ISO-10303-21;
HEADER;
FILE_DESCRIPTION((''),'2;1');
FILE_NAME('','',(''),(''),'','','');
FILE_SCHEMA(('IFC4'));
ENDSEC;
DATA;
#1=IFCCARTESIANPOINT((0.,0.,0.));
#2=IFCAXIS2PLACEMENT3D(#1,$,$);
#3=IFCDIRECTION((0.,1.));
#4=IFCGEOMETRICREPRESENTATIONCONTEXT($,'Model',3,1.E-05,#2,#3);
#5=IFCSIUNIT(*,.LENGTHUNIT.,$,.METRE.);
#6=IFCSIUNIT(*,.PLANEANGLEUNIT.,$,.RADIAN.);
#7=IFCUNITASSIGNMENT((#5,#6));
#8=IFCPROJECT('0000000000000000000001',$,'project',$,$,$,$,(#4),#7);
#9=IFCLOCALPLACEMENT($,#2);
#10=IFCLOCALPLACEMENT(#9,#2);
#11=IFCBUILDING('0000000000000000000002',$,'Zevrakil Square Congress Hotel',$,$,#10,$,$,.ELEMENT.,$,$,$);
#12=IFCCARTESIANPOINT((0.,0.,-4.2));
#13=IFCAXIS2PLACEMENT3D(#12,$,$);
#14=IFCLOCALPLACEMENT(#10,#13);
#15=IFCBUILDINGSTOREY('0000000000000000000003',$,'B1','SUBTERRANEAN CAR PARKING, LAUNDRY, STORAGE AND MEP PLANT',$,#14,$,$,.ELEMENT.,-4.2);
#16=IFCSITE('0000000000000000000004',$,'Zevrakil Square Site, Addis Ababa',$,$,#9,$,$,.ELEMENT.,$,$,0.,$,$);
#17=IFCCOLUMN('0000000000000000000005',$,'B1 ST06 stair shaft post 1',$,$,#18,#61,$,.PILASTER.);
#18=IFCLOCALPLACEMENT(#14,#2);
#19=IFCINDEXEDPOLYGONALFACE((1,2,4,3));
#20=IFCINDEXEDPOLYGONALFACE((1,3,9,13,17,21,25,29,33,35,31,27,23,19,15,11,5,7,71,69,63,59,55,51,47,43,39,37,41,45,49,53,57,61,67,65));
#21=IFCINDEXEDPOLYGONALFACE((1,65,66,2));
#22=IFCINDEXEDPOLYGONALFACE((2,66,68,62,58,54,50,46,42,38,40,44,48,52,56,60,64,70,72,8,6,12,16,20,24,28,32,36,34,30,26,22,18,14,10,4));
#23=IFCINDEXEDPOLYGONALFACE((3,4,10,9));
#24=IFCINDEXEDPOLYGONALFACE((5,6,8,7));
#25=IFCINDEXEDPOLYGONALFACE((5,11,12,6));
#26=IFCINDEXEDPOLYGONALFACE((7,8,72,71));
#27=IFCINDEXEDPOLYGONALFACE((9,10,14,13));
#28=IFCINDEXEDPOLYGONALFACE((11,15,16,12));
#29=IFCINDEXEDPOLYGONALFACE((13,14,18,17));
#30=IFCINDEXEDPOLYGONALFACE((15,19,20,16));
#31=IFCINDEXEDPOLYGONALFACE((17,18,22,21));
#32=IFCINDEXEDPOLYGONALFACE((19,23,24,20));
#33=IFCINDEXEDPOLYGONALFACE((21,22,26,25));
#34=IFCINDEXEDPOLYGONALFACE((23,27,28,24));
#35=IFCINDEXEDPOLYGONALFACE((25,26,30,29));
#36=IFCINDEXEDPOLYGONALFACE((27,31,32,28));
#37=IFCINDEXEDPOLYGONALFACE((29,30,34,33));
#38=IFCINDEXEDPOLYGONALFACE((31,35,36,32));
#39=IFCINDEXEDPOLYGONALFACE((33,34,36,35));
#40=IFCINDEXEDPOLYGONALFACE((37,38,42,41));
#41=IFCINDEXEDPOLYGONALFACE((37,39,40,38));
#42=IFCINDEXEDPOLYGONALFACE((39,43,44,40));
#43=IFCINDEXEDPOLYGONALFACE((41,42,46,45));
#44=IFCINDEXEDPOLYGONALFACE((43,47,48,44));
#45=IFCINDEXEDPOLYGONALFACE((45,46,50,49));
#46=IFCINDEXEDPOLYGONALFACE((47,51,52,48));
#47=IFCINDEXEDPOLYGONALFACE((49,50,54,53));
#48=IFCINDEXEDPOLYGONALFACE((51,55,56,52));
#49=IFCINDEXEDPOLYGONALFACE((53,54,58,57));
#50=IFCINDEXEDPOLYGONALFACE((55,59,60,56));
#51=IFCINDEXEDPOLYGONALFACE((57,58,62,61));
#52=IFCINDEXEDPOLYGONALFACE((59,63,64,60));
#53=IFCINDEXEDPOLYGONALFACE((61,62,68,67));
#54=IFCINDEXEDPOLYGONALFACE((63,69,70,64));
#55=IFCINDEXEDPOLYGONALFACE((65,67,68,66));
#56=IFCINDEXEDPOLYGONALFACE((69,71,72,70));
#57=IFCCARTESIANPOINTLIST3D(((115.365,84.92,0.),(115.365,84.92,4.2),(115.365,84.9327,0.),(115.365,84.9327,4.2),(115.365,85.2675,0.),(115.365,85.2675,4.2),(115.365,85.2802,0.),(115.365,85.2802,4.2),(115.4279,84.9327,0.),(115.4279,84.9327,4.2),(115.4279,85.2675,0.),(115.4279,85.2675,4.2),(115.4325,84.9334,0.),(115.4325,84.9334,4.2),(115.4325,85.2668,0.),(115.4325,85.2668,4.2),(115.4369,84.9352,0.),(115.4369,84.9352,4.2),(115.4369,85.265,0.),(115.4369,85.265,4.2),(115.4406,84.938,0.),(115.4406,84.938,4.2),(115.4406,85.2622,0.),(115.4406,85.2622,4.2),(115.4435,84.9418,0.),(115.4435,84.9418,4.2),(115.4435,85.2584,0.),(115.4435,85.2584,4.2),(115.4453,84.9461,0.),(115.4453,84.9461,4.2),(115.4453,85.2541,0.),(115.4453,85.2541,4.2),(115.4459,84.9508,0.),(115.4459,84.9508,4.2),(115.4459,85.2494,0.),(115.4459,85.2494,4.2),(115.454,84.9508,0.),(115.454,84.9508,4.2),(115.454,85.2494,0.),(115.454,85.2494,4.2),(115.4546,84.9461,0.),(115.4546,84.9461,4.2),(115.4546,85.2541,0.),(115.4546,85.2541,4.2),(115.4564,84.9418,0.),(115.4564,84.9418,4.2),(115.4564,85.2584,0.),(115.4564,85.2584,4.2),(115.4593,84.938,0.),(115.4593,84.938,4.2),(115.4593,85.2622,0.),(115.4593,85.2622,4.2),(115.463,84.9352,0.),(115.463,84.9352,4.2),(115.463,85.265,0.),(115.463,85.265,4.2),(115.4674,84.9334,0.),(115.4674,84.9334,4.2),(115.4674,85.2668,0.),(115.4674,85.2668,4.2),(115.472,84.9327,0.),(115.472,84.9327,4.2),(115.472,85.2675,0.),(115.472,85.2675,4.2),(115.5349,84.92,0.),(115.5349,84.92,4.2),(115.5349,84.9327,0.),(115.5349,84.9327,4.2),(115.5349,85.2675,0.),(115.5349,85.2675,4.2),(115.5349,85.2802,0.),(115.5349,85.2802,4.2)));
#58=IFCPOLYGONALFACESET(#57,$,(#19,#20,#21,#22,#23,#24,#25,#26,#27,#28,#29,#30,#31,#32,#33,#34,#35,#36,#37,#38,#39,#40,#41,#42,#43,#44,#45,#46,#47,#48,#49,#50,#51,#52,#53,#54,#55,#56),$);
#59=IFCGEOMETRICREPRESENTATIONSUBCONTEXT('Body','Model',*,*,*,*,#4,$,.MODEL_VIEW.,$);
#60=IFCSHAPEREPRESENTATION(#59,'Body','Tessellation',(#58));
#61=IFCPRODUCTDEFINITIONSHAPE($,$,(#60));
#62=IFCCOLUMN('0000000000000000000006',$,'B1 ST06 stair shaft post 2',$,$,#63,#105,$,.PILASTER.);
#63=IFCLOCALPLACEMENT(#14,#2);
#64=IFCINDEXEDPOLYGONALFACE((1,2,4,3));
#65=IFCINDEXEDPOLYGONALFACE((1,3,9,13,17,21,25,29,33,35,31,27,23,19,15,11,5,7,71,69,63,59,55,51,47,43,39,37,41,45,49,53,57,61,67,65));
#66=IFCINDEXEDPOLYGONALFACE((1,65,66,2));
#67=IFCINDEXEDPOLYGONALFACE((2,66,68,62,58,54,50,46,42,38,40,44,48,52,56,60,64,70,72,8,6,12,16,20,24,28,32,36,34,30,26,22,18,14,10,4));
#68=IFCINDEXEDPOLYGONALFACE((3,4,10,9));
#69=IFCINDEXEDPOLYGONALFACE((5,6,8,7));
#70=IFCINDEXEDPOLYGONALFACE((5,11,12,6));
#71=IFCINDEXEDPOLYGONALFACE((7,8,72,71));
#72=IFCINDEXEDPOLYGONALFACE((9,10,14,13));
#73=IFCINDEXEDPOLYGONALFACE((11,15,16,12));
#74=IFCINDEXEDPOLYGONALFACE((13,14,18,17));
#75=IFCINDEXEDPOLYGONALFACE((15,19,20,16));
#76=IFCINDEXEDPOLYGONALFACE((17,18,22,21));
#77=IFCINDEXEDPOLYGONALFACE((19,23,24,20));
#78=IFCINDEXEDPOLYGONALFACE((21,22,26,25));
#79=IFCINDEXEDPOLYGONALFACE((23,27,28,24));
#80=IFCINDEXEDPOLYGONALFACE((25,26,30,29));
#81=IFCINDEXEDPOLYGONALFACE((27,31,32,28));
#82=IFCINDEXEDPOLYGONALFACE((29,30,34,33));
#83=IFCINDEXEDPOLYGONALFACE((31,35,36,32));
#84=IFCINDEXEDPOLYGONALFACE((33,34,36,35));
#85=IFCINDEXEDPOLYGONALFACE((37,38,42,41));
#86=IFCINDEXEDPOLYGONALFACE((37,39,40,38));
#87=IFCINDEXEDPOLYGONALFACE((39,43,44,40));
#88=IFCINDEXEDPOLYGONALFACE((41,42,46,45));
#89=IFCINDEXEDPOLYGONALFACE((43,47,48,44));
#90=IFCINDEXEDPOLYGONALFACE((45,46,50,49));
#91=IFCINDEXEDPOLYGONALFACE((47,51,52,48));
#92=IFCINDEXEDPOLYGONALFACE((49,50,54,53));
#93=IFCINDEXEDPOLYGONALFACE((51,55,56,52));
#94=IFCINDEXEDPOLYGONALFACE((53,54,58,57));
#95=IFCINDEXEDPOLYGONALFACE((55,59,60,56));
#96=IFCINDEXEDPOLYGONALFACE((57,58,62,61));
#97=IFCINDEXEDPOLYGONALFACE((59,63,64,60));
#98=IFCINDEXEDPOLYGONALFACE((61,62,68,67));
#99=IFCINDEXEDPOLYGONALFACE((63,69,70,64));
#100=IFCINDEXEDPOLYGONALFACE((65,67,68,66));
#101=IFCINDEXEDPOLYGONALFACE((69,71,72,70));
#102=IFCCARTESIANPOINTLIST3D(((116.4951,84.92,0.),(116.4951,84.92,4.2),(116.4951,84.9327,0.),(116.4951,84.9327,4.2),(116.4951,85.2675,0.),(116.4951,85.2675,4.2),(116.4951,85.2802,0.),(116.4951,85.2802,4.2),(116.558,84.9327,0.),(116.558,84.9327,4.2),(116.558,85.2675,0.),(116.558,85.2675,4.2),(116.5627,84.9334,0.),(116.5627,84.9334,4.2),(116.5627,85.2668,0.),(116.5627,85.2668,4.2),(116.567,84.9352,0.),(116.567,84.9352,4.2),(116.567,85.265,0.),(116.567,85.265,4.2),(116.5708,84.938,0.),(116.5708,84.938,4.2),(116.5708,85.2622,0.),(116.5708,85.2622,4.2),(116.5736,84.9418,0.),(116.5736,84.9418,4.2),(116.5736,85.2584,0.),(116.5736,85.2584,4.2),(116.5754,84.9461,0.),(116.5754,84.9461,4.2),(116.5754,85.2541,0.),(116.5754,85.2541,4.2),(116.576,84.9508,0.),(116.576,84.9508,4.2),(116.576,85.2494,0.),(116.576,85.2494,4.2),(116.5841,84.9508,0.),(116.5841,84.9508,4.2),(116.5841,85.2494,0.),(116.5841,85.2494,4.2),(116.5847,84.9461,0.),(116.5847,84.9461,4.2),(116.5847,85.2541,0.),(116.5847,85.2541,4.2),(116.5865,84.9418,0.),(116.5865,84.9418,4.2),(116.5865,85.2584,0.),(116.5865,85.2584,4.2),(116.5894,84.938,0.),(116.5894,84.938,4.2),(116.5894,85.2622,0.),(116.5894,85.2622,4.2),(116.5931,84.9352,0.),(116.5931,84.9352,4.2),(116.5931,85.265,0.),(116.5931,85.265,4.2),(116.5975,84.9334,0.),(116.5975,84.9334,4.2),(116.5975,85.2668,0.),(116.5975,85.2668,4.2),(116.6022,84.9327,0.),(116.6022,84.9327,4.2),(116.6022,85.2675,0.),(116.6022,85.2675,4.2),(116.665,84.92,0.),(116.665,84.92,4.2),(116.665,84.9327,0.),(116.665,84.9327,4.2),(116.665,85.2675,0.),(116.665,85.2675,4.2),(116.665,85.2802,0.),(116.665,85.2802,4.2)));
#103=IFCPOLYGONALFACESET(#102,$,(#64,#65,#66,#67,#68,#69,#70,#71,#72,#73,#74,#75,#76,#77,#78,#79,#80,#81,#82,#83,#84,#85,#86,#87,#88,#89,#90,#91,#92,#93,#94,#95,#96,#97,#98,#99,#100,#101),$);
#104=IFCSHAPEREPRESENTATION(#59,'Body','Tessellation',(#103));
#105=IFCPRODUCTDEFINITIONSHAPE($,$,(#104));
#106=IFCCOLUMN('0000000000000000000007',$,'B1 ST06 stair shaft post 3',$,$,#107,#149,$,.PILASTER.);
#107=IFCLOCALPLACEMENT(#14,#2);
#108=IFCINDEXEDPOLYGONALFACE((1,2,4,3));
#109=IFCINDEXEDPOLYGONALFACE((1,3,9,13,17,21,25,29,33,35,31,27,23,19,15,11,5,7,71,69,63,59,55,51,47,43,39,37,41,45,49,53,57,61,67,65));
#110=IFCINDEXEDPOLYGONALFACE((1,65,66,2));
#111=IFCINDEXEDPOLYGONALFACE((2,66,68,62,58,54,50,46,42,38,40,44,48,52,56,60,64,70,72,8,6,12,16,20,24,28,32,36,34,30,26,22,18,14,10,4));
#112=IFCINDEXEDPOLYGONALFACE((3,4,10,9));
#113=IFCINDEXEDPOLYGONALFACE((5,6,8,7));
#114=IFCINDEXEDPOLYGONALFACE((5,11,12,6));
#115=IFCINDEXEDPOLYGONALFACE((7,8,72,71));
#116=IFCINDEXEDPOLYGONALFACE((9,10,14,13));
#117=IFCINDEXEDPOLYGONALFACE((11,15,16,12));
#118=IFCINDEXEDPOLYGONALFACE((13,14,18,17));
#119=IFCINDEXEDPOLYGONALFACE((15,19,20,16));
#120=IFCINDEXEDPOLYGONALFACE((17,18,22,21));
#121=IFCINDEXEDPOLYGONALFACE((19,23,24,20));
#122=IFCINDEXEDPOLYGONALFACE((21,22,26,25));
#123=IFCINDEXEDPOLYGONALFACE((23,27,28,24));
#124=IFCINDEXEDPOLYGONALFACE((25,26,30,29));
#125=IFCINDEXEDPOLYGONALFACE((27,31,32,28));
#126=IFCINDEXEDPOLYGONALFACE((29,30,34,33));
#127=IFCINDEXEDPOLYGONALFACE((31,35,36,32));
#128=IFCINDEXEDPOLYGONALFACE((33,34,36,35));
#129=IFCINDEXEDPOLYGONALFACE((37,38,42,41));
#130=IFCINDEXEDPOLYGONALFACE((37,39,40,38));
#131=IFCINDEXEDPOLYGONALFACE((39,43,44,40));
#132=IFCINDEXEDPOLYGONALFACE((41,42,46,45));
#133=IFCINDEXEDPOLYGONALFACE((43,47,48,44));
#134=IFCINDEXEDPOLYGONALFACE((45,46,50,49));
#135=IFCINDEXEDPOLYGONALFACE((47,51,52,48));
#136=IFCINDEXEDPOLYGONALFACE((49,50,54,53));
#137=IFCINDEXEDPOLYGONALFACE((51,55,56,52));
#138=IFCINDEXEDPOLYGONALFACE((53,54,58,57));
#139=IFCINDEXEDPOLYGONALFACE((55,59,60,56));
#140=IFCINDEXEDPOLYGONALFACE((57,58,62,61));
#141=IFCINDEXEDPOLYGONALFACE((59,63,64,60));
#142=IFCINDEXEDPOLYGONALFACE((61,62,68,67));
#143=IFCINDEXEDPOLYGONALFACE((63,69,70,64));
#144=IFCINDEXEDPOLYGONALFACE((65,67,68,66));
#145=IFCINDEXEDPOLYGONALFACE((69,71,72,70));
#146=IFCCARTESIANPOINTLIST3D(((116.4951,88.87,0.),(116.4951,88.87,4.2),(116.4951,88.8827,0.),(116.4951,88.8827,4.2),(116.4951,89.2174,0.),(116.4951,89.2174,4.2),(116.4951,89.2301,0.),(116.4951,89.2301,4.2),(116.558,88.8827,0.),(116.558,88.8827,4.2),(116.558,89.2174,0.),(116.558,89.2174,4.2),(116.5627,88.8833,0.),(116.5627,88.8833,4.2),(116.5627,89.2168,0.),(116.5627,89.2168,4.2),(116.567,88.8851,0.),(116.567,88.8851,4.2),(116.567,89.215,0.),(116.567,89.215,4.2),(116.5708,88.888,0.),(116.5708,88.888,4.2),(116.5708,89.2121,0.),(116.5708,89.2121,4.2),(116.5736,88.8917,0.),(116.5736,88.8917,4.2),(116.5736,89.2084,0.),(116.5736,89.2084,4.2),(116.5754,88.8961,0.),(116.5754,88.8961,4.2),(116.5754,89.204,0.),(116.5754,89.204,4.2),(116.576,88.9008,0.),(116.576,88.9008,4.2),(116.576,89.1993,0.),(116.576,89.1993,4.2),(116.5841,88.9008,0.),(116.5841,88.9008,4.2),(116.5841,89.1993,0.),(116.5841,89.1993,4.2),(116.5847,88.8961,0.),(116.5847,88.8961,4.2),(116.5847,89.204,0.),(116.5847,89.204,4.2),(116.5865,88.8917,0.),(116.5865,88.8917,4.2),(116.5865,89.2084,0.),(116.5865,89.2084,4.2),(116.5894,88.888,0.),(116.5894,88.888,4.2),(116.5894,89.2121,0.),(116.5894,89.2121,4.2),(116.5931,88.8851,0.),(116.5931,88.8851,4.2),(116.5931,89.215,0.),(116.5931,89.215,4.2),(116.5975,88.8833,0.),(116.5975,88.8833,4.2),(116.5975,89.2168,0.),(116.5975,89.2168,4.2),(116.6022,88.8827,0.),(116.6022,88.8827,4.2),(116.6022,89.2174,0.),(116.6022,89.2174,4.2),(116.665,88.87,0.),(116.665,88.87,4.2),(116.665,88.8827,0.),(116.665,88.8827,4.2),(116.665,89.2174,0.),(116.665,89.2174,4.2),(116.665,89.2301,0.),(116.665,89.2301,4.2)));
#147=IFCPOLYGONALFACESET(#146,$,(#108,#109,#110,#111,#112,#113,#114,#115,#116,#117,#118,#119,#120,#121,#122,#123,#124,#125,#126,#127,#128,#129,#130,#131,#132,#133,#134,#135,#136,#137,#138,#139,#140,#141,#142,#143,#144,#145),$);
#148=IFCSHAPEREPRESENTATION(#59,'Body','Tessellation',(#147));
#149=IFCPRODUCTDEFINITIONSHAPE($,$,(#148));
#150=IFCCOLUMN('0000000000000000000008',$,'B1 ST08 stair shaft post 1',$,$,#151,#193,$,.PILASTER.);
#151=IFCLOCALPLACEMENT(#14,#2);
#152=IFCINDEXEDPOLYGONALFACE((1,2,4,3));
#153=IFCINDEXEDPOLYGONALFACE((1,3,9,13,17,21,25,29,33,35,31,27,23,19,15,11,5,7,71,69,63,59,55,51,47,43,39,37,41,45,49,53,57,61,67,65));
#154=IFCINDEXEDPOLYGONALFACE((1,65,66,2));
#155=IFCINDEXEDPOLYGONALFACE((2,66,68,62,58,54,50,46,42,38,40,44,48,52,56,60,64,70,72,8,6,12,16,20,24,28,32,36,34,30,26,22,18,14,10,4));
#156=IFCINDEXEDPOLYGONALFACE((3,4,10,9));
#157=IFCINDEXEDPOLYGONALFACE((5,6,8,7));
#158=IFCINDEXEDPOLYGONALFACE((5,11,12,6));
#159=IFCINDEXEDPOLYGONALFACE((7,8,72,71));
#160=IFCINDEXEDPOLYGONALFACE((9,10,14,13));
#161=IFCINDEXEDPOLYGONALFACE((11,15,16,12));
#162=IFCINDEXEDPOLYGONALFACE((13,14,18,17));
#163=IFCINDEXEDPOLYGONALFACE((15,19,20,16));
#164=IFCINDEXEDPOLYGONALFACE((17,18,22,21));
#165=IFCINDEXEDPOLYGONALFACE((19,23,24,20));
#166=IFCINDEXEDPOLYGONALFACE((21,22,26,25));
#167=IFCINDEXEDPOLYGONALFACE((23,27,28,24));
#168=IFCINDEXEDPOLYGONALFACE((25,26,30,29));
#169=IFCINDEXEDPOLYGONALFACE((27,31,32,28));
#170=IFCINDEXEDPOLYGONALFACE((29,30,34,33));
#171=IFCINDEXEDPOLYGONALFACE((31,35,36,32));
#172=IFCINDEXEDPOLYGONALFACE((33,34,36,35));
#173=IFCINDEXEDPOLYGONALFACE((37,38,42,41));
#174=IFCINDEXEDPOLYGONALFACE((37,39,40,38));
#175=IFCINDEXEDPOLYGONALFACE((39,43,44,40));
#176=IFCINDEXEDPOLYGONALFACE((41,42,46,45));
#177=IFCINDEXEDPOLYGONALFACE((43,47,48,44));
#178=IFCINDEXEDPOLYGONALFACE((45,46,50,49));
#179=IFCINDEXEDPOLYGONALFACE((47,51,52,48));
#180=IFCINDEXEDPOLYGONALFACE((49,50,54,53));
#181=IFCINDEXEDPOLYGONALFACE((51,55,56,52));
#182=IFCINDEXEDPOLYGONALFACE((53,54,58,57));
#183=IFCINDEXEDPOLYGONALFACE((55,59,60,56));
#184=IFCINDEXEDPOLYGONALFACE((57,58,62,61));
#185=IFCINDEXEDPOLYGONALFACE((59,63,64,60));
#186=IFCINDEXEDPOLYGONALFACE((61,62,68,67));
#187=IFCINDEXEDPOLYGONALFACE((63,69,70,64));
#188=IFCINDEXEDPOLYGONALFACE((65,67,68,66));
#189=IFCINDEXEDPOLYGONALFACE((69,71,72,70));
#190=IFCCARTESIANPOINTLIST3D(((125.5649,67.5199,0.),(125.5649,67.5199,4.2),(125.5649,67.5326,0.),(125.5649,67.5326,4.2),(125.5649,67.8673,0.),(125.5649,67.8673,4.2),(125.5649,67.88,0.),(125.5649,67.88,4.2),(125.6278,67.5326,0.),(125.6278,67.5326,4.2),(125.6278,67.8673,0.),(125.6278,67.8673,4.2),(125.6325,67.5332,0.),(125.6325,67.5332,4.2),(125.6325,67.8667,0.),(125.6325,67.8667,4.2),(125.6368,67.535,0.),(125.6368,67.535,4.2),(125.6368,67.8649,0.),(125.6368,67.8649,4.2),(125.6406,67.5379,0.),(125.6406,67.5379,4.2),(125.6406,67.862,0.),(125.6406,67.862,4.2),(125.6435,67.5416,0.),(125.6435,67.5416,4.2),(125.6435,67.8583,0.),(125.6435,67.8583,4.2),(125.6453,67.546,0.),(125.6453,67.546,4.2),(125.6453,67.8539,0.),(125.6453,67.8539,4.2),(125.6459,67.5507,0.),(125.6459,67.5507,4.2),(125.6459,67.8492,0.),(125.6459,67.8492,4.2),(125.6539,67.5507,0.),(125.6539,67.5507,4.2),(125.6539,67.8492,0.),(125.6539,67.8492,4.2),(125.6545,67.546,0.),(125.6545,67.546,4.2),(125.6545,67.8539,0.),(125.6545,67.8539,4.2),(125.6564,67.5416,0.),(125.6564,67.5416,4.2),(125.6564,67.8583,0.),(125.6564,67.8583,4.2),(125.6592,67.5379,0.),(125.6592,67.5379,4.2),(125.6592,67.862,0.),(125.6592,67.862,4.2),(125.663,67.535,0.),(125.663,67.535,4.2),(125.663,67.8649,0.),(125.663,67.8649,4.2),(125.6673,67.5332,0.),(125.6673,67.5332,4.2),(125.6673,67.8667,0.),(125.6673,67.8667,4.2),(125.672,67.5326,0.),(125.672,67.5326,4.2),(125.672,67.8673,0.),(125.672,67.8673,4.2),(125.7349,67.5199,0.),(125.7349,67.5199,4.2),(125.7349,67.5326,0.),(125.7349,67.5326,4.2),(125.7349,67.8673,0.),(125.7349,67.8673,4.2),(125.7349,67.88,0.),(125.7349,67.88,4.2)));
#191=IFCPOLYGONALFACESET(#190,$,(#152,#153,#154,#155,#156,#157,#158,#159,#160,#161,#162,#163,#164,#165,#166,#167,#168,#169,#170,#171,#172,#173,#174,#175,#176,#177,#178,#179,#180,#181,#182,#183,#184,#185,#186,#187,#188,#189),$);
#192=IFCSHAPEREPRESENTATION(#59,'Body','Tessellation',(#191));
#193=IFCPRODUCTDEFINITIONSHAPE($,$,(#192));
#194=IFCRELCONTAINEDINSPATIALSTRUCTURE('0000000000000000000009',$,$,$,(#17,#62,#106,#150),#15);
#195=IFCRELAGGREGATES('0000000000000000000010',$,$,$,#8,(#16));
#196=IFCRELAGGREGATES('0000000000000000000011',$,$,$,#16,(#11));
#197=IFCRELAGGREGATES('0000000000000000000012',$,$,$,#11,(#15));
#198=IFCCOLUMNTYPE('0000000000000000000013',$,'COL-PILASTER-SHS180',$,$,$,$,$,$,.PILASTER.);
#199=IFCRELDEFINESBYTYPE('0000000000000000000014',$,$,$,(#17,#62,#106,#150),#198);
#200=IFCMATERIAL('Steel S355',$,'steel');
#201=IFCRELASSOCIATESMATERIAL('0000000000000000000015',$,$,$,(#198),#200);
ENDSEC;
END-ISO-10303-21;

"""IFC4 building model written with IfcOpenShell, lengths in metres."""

from ifc_helpers import new_model, si_unit, direction, frame, origin, origin_2d, place, context, subcontext, project, spatial, i_section, extrude, material, material_profile, profile_set, type_object, element, save


model = new_model("IFC4")

# Units and contexts
model_context = context("Model", 3, precision=1e-05, world=origin(), true_north=direction((0.0, 1.0)))
body_context = subcontext(model_context, "Body", "Model", "MODEL_VIEW")
ifc_project = project(units=[si_unit("LENGTHUNIT", "METRE"), si_unit("PLANEANGLEUNIT", "RADIAN")], contexts=[model_context])

# Site, building, storey
site_placement = place(None, origin())
site = spatial("IfcSite", under=ifc_project, at=site_placement, Name="Zevrakil Square Site, Addis Ababa", CompositionType="ELEMENT", RefElevation=0.0)
building_placement = place(site_placement, origin())
building = spatial("IfcBuilding", under=site, at=building_placement, Name="Zevrakil Square Congress Hotel", CompositionType="ELEMENT")
storey_placement = place(building_placement, frame((0.0, 0.0, -4.2)))
storey = spatial("IfcBuildingStorey", under=building, at=storey_placement, Name="B1", Description="SUBTERRANEAN CAR PARKING, LAUNDRY, STORAGE AND MEP PLANT", CompositionType="ELEMENT", Elevation=-4.2)

# Columns
ifc_material_1 = material(Name="Steel S355", Category="steel")
ifc_material_profile_1 = material_profile(ifc_material_1, i_section(OverallWidth=0.1699, OverallDepth=0.3601, WebThickness=0.0081, FlangeThickness=0.0127, FilletRadius=0.0181, at=origin_2d()), Name="IPE 360")
ifc_profile_set_1 = profile_set([ifc_material_profile_1], Name="Steel S355")
column_type_1 = type_object("IfcColumnType", Name="COL-PILASTER-SHS180", PredefinedType="PILASTER", material=ifc_profile_set_1)
for number, where, z_axis, x_axis, name in (
    (1, (115.45, 85.1001, 0.0), (0.0, 0.0, 1.0), (1.0, 0.0, 0.0), "B1 ST06 stair shaft post 1"),
    (2, (116.5801, 85.1001, 0.0), (0.0, 0.0, 1.0), (1.0, 0.0, 0.0), "B1 ST06 stair shaft post 2"),
    (3, (116.5801, 89.05, 0.0), (0.0, 0.0, 1.0), (1.0, 0.0, 0.0), "B1 ST06 stair shaft post 3"),
    (4, (125.6499, 67.7, 0.0), (0.0, 0.0, 1.0), (1.0, 0.0, 0.0), "B1 ST08 stair shaft post 1"),
):
    element("IfcColumn", number, at=place(storey_placement, frame(where, z_axis=z_axis, x_axis=x_axis)), inside=storey, type_object=column_type_1, Name=name, PredefinedType="PILASTER", context=body_context, shape_type="SweptSolid", body=[
        extrude(i_section(OverallWidth=0.1699, OverallDepth=0.3601, WebThickness=0.0081, FlangeThickness=0.0127, FilletRadius=0.0181, at=origin_2d()), origin(), (0.0, 0.0, 1.0), 4.2),
    ])

save(model, "model.ifc")
